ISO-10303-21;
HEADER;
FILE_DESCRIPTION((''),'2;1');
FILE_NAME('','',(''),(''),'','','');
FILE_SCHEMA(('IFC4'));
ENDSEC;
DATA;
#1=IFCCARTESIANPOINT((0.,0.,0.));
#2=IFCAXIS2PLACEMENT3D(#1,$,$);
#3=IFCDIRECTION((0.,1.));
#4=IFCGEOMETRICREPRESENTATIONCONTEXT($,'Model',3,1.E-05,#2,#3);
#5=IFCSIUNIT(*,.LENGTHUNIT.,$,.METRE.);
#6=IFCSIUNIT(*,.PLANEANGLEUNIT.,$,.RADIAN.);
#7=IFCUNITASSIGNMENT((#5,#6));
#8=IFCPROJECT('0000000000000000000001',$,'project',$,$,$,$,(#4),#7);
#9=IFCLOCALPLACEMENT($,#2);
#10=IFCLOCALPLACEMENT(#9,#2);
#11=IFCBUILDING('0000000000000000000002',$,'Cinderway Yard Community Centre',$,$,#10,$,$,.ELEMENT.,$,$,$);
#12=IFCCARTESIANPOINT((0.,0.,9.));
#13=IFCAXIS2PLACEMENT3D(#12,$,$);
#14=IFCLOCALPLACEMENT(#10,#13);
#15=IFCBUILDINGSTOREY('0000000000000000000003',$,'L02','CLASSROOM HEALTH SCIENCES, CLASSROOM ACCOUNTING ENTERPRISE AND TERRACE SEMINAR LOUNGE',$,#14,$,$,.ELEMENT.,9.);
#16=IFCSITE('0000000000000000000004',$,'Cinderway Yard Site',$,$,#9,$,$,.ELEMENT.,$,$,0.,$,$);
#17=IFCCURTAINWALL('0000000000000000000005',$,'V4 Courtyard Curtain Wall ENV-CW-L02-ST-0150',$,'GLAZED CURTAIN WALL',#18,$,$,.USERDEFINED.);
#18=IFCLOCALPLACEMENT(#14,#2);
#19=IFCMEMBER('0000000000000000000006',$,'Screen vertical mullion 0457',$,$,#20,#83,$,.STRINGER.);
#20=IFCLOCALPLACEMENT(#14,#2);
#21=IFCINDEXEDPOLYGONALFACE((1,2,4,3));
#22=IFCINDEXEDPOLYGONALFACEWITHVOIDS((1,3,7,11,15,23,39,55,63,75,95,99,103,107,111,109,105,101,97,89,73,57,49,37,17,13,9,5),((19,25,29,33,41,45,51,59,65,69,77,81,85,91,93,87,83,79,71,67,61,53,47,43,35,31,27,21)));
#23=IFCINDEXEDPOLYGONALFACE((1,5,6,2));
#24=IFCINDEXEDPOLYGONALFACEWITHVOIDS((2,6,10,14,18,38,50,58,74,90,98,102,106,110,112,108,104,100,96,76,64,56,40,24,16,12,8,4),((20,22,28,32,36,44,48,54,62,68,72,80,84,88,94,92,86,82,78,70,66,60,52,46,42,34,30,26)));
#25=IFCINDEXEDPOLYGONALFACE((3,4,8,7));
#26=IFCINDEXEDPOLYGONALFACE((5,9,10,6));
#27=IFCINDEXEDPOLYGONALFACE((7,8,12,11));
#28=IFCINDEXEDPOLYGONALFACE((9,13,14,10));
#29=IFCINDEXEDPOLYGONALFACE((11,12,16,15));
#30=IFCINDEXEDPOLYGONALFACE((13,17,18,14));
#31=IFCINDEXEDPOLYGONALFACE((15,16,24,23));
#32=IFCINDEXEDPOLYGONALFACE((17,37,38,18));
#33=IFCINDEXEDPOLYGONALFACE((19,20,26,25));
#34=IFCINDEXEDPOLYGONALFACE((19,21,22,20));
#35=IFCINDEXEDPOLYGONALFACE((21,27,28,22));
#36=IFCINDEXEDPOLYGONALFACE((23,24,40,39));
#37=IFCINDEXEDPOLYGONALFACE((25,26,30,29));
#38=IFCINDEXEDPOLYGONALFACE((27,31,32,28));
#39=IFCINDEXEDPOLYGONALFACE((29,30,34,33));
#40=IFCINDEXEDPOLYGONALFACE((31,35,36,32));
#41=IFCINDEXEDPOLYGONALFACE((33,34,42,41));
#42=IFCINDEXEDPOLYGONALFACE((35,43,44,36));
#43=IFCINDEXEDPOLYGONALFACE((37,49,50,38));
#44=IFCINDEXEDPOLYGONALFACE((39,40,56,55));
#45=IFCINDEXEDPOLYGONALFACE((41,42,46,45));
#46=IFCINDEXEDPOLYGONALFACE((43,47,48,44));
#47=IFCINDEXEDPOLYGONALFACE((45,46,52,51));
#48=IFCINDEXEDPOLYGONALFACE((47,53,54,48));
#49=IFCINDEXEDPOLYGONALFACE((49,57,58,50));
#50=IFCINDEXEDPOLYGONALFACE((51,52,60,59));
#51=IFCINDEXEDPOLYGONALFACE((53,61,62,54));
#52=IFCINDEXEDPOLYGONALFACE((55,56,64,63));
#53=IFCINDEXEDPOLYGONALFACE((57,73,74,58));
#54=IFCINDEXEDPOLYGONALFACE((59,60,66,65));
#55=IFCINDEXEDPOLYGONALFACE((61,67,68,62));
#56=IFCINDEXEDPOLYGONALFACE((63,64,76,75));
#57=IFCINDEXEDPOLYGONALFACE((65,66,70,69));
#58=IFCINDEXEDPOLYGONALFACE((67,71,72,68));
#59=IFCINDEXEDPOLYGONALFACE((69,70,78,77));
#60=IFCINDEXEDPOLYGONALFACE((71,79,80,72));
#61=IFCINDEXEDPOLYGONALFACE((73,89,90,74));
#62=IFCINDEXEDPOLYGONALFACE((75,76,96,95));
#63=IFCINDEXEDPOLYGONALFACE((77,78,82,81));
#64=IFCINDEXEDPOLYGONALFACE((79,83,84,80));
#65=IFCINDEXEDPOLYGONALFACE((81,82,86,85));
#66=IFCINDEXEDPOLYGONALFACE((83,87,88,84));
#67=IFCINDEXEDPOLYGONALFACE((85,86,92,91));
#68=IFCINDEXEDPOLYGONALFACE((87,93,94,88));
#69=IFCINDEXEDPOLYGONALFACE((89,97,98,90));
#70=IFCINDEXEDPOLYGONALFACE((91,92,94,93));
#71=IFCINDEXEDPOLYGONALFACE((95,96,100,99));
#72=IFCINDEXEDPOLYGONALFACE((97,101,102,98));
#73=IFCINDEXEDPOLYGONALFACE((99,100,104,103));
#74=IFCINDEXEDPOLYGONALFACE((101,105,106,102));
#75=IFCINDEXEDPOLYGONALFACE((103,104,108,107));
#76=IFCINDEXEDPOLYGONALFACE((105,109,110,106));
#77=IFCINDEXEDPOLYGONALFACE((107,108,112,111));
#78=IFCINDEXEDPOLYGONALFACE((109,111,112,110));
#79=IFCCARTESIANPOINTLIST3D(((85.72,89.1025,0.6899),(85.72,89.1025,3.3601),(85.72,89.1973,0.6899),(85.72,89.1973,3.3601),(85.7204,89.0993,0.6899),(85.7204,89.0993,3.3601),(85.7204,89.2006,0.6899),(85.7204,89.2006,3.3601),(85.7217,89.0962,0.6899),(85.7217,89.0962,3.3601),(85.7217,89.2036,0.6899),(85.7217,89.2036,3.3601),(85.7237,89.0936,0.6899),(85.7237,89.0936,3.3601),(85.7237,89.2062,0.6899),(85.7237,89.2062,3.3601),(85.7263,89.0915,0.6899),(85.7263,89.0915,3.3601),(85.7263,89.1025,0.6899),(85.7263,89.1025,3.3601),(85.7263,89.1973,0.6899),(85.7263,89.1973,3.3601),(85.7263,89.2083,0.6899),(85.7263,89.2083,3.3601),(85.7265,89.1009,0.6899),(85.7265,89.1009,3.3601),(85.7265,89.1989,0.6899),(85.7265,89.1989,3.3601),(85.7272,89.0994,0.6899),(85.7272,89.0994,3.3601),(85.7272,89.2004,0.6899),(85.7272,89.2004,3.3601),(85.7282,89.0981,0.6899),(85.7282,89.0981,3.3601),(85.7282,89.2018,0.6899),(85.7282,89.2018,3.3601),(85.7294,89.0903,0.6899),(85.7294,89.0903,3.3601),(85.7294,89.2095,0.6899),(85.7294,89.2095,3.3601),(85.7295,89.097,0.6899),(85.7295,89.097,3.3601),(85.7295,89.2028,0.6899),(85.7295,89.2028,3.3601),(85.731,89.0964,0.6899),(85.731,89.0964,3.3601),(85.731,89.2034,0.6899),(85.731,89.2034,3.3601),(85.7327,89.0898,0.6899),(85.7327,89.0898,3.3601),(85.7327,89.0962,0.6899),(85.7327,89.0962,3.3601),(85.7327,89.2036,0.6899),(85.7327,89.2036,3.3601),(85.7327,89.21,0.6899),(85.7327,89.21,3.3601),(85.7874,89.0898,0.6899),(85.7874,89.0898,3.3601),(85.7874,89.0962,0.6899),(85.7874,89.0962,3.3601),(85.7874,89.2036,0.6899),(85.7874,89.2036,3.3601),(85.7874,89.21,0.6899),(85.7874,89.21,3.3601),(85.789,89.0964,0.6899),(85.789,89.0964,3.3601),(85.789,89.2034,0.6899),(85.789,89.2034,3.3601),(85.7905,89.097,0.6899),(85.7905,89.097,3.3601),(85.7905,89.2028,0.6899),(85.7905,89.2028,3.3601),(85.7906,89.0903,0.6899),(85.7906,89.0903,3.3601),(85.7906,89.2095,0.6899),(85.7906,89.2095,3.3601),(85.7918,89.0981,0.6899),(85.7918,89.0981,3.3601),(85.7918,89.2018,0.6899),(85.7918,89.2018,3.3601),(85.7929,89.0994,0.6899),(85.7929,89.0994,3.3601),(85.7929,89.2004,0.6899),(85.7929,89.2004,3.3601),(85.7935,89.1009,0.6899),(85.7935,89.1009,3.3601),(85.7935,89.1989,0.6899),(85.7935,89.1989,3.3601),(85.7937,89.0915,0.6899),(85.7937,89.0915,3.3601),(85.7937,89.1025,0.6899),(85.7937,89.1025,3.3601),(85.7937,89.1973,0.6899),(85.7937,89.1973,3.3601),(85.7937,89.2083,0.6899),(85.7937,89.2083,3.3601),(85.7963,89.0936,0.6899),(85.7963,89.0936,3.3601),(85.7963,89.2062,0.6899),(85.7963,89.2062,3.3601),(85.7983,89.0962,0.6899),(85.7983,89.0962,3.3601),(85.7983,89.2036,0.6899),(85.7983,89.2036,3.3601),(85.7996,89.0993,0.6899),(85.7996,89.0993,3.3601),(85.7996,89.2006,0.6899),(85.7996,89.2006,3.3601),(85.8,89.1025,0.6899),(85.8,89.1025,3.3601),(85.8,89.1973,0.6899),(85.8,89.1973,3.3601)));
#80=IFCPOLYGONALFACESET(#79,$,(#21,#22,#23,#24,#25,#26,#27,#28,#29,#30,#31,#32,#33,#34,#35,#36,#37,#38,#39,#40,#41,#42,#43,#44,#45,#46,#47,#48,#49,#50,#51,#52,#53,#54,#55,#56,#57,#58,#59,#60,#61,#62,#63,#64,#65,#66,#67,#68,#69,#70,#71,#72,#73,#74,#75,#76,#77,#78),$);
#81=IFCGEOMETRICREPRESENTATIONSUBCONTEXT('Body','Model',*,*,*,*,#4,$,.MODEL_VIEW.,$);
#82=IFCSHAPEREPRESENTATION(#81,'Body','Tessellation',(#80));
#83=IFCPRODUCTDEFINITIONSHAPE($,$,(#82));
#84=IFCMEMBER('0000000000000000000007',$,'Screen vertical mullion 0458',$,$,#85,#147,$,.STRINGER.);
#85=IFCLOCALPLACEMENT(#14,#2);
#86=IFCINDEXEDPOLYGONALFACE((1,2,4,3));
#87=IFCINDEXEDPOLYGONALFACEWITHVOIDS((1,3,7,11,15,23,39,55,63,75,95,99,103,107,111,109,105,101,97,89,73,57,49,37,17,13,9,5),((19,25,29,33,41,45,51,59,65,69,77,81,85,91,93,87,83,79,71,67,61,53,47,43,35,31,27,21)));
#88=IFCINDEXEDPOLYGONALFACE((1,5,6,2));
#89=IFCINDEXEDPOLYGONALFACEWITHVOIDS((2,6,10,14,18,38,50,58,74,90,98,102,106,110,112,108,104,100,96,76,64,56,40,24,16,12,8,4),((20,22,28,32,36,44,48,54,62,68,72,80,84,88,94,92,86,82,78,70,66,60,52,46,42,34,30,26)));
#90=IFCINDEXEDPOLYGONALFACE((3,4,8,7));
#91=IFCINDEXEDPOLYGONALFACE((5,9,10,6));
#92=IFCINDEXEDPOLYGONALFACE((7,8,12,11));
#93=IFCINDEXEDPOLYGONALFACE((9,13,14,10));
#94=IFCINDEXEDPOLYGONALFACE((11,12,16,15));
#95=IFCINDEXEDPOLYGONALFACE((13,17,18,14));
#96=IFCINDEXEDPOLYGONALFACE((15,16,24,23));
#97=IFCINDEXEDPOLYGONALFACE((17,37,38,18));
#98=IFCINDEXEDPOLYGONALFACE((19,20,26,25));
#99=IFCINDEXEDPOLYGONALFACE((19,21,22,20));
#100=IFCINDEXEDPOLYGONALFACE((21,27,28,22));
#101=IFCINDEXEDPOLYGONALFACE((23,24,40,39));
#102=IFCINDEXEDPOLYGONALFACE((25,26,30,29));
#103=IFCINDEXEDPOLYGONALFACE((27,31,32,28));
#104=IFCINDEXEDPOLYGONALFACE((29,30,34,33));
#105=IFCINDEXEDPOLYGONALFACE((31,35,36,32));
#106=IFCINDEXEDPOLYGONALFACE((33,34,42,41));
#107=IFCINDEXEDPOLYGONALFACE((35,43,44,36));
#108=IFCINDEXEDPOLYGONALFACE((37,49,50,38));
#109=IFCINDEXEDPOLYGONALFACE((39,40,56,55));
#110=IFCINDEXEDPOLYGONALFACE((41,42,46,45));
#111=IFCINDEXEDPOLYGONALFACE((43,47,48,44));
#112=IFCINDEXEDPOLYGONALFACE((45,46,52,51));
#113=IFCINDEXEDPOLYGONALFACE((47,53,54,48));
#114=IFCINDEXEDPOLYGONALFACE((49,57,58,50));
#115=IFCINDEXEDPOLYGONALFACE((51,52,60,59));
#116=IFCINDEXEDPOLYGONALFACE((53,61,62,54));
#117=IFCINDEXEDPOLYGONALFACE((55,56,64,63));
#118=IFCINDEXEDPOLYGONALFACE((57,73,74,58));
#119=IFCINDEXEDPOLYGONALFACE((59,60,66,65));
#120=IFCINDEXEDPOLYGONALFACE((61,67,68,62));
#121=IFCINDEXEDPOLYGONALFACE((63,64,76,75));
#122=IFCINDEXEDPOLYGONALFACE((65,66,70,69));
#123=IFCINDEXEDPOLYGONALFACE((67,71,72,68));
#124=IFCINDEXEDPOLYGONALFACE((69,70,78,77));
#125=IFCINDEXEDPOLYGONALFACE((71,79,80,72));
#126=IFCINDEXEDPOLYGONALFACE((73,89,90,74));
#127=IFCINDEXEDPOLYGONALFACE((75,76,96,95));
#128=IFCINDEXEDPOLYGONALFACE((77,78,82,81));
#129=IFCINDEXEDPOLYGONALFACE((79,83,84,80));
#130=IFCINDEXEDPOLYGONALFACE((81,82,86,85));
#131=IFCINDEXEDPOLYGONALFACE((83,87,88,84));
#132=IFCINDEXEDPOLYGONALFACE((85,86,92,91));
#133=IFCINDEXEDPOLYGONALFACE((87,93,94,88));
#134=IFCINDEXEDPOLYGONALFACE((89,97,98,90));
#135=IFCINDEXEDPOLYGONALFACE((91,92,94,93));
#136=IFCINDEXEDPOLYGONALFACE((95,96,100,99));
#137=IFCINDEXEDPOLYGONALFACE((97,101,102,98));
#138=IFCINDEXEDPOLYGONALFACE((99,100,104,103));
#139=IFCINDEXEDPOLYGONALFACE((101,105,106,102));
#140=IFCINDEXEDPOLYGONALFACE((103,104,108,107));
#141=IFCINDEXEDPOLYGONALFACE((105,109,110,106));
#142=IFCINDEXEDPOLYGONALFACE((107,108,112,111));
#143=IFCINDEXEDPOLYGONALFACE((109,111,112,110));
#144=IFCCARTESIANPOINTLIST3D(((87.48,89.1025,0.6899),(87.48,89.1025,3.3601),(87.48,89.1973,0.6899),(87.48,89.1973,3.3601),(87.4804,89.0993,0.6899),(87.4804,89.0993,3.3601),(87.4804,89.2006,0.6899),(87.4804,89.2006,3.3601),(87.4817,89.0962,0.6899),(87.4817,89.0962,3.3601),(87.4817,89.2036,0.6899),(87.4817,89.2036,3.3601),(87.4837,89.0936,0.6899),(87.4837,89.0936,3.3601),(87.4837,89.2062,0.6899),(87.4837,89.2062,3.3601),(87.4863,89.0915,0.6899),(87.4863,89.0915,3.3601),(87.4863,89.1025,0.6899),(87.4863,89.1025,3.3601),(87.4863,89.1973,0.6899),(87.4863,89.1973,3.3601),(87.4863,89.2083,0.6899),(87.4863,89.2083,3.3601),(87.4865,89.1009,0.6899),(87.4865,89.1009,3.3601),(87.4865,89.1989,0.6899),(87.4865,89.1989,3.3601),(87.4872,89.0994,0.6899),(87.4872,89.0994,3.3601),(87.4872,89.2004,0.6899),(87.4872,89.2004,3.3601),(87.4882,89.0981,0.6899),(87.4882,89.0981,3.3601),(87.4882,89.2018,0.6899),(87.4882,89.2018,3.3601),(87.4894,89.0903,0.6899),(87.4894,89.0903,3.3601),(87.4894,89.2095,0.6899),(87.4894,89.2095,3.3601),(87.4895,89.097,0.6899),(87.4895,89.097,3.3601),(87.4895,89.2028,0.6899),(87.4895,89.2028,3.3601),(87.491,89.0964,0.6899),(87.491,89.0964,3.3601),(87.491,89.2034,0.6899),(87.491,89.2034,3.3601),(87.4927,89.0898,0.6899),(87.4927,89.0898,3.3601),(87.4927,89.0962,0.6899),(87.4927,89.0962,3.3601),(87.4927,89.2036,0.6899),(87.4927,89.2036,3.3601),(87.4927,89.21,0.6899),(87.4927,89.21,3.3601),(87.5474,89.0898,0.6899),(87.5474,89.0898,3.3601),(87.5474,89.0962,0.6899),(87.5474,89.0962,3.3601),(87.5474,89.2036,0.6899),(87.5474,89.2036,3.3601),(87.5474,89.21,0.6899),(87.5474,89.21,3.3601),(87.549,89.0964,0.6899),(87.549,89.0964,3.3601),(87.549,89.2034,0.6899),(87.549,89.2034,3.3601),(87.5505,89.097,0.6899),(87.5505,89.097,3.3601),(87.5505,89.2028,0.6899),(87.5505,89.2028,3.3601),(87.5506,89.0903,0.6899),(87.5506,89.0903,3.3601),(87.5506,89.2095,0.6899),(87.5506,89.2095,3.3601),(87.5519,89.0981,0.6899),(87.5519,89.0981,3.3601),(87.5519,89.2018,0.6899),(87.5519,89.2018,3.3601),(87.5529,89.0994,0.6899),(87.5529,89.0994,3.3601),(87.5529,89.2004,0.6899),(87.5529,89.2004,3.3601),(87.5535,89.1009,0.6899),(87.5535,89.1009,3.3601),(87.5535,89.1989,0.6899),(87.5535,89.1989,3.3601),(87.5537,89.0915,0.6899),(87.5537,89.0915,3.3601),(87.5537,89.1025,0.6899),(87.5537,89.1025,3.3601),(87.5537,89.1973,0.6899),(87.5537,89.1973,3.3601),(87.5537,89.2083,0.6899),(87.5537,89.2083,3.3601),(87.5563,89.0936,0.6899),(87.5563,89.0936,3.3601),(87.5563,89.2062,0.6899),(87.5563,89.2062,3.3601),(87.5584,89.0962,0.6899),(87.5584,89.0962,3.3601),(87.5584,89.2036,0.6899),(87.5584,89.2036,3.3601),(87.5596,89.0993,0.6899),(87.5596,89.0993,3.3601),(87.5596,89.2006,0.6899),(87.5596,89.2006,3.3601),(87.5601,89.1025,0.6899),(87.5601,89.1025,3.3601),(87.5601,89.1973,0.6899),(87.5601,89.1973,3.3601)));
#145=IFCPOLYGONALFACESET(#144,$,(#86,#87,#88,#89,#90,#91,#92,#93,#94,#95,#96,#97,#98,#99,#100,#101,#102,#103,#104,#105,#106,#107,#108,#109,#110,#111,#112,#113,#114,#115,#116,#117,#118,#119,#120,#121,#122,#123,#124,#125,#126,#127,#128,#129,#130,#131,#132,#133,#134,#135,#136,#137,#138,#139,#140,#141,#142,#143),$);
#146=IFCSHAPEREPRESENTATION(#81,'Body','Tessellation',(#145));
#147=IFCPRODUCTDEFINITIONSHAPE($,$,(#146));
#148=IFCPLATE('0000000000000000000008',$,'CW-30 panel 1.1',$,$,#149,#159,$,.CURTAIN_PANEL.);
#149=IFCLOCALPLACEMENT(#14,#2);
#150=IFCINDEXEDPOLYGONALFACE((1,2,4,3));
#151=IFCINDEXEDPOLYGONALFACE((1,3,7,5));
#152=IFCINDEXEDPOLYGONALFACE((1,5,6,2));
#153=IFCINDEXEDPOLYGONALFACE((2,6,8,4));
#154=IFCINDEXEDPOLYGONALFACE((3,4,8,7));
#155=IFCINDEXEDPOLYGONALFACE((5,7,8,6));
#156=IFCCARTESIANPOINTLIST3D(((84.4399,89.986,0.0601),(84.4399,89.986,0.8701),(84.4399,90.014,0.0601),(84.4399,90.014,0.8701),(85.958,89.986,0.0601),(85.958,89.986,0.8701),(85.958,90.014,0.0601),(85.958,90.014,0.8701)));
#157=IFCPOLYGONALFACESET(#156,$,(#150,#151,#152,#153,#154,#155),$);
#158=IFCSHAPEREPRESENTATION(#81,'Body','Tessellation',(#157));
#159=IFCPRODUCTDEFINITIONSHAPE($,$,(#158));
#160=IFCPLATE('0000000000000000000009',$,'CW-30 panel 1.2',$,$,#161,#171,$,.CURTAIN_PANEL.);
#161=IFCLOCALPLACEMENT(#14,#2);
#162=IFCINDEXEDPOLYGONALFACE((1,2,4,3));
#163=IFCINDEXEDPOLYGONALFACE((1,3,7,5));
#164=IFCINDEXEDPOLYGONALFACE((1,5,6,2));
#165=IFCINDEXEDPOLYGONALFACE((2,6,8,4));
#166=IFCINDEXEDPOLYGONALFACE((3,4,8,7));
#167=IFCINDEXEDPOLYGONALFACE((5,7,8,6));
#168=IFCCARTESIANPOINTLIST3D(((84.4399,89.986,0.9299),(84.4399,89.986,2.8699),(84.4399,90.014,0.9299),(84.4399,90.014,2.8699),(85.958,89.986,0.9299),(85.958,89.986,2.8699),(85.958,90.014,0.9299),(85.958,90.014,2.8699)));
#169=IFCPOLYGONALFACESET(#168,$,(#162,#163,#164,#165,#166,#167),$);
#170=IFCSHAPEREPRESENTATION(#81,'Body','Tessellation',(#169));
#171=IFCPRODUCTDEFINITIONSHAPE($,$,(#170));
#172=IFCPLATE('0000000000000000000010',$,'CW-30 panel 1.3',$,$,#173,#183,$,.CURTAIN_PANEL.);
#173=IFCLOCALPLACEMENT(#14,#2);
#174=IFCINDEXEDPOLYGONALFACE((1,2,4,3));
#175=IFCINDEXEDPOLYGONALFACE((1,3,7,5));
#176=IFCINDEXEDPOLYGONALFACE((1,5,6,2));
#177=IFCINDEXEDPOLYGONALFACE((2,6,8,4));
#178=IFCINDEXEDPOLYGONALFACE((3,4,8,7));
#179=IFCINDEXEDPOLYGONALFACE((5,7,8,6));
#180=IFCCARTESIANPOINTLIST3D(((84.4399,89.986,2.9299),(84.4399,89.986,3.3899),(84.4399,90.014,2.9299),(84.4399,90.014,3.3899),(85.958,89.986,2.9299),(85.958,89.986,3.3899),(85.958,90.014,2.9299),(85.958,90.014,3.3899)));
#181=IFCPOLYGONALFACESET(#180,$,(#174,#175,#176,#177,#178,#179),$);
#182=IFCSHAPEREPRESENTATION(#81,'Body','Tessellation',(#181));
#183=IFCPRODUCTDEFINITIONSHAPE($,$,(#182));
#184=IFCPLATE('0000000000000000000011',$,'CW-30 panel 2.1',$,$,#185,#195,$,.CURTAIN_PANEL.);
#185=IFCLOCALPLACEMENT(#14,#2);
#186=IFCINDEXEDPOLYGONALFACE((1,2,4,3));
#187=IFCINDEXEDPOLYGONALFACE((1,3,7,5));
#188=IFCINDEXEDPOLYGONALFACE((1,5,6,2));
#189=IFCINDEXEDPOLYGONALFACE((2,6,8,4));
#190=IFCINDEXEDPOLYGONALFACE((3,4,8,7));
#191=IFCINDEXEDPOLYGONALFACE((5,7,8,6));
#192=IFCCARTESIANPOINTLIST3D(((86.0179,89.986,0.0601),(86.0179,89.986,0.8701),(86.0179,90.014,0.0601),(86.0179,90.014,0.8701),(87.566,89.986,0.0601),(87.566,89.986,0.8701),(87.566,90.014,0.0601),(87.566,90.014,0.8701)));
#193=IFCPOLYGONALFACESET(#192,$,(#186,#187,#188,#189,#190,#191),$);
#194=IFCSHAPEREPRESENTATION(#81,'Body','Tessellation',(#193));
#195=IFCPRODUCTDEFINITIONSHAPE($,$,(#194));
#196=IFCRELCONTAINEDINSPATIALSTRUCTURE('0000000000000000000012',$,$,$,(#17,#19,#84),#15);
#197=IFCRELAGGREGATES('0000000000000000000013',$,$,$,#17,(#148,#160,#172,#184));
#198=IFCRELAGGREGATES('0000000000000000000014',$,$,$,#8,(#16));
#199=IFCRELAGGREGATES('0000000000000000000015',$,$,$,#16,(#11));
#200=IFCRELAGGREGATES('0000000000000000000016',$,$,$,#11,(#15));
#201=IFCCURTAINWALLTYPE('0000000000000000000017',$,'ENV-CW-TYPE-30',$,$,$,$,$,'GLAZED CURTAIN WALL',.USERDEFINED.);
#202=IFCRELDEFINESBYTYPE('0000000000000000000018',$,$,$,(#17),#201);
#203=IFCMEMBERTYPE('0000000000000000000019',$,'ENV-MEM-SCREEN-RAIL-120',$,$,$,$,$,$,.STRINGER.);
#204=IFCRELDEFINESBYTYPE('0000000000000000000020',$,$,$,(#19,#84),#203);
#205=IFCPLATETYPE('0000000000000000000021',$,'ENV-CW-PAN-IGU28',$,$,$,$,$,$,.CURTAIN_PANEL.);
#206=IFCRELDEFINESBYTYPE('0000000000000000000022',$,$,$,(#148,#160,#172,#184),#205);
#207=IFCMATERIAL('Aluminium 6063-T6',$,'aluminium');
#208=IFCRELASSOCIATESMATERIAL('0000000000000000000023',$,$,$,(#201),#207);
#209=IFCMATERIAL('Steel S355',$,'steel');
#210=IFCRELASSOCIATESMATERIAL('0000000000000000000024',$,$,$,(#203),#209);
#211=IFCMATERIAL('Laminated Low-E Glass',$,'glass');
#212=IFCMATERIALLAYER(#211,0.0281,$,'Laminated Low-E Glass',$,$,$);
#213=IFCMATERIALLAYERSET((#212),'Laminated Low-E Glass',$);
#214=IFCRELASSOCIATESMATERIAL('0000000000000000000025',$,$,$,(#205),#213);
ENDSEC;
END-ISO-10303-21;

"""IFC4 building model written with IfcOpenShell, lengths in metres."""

from ifc_helpers import new_model, si_unit, direction, frame, origin, origin_2d, place, context, subcontext, project, spatial, rectangle, hollow_rectangle, extrude, material, layer, layer_set, material_profile, profile_set, type_object, element, aggregate, save


model = new_model("IFC4")

# Units and contexts
model_context = context("Model", 3, precision=1e-05, world=origin(), true_north=direction((0.0, 1.0)))
body_context = subcontext(model_context, "Body", "Model", "MODEL_VIEW")
ifc_project = project(units=[si_unit("LENGTHUNIT", "METRE"), si_unit("PLANEANGLEUNIT", "RADIAN")], contexts=[model_context])

# Site, building, storey
site_placement = place(None, origin())
site = spatial("IfcSite", under=ifc_project, at=site_placement, Name="Cinderway Yard Site", CompositionType="ELEMENT", RefElevation=0.0)
building_placement = place(site_placement, origin())
building = spatial("IfcBuilding", under=site, at=building_placement, Name="Cinderway Yard Community Centre", CompositionType="ELEMENT")
storey_placement = place(building_placement, frame((0.0, 0.0, 9.0)))
storey = spatial("IfcBuildingStorey", under=building, at=storey_placement, Name="L02", Description="CLASSROOM HEALTH SCIENCES, CLASSROOM ACCOUNTING ENTERPRISE AND TERRACE SEMINAR LOUNGE", CompositionType="ELEMENT", Elevation=9.0)

# Curtain wall
ifc_material_1 = material(Name="Aluminium 6063-T6", Category="aluminium")
curtain_wall_type = type_object("IfcCurtainWallType", Name="ENV-CW-TYPE-30", ElementType="GLAZED CURTAIN WALL", PredefinedType="USERDEFINED", material=ifc_material_1)
curtain_wall_placement = place(storey_placement, origin())
curtain_wall = element("IfcCurtainWall", 1, at=curtain_wall_placement, inside=storey, type_object=curtain_wall_type, Name="V4 Courtyard Curtain Wall ENV-CW-L02-ST-0150", ObjectType="GLAZED CURTAIN WALL", PredefinedType="USERDEFINED")

# Members
ifc_material_2 = material(Name="Steel S355", Category="steel")
ifc_material_profile_1 = material_profile(ifc_material_2, hollow_rectangle(XDim=0.0801, YDim=0.1201, WallThickness=0.0063, InnerFilletRadius=0.0063, OuterFilletRadius=0.0127, at=origin_2d()), Name="Steel S355")
ifc_profile_set_1 = profile_set([ifc_material_profile_1], Name="Steel S355")
member_type_1 = type_object("IfcMemberType", Name="ENV-MEM-SCREEN-RAIL-120", PredefinedType="STRINGER", material=ifc_profile_set_1)
for number, where, z_axis, x_axis, name in (
    (2, (85.76, 89.1499, 0.6899), (0.0, 0.0, 1.0), (1.0, 0.0, 0.0), "Screen vertical mullion 0457"),
    (3, (87.52, 89.1499, 0.6899), (0.0, 0.0, 1.0), (1.0, 0.0, 0.0), "Screen vertical mullion 0458"),
):
    element("IfcMember", number, at=place(storey_placement, frame(where, z_axis=z_axis, x_axis=x_axis)), inside=storey, type_object=member_type_1, Name=name, PredefinedType="STRINGER", context=body_context, shape_type="SweptSolid", body=[
        extrude(hollow_rectangle(XDim=0.0801, YDim=0.1201, WallThickness=0.0063, InnerFilletRadius=0.0063, OuterFilletRadius=0.0127, at=origin_2d()), origin(), (0.0, 0.0, 1.0), 2.6702),
    ])

# Plates
ifc_material_3 = material(Name="Laminated Low-E Glass", Category="glass")
ifc_layer_1 = layer(ifc_material_3, 0.0281, Name="Laminated Low-E Glass")
ifc_layer_set_1 = layer_set([ifc_layer_1], Name="Laminated Low-E Glass")
plate_type_1 = type_object("IfcPlateType", Name="ENV-CW-PAN-IGU28", PredefinedType="CURTAIN_PANEL", material=ifc_layer_set_1)
plate_1_placement = place(storey_placement, frame((85.199, 90.0, 0.0601), z_axis=(0.0, 0.0, 1.0), x_axis=(1.0, 0.0, 0.0)))
plate_1 = element("IfcPlate", 4, at=plate_1_placement, type_object=plate_type_1, Name="CW-30 panel 1.1", PredefinedType="CURTAIN_PANEL", context=body_context, shape_type="SweptSolid", body=[
    extrude(rectangle(XDim=1.5181, YDim=0.0281, at=origin_2d()), origin(), (0.0, 0.0, 1.0), 0.8101),
])
plate_2_placement = place(storey_placement, frame((85.199, 90.0, 0.9299), z_axis=(0.0, 0.0, 1.0), x_axis=(1.0, 0.0, 0.0)))
plate_2 = element("IfcPlate", 5, at=plate_2_placement, type_object=plate_type_1, Name="CW-30 panel 1.2", PredefinedType="CURTAIN_PANEL", context=body_context, shape_type="SweptSolid", body=[
    extrude(rectangle(XDim=1.5181, YDim=0.0281, at=origin_2d()), origin(), (0.0, 0.0, 1.0), 1.9399),
])
plate_3_placement = place(storey_placement, frame((85.199, 90.0, 2.9299), z_axis=(0.0, 0.0, 1.0), x_axis=(1.0, 0.0, 0.0)))
plate_3 = element("IfcPlate", 6, at=plate_3_placement, type_object=plate_type_1, Name="CW-30 panel 1.3", PredefinedType="CURTAIN_PANEL", context=body_context, shape_type="SweptSolid", body=[
    extrude(rectangle(XDim=1.5181, YDim=0.0281, at=origin_2d()), origin(), (0.0, 0.0, 1.0), 0.46),
])
plate_4_placement = place(storey_placement, frame((86.792, 90.0, 0.0601), z_axis=(0.0, 0.0, 1.0), x_axis=(1.0, 0.0, 0.0)))
plate_4 = element("IfcPlate", 7, at=plate_4_placement, type_object=plate_type_1, Name="CW-30 panel 2.1", PredefinedType="CURTAIN_PANEL", context=body_context, shape_type="SweptSolid", body=[
    extrude(rectangle(XDim=1.5481, YDim=0.0281, at=origin_2d()), origin(), (0.0, 0.0, 1.0), 0.8101),
])
aggregate(curtain_wall, [plate_1, plate_2, plate_3, plate_4])

save(model, "model.ifc")
